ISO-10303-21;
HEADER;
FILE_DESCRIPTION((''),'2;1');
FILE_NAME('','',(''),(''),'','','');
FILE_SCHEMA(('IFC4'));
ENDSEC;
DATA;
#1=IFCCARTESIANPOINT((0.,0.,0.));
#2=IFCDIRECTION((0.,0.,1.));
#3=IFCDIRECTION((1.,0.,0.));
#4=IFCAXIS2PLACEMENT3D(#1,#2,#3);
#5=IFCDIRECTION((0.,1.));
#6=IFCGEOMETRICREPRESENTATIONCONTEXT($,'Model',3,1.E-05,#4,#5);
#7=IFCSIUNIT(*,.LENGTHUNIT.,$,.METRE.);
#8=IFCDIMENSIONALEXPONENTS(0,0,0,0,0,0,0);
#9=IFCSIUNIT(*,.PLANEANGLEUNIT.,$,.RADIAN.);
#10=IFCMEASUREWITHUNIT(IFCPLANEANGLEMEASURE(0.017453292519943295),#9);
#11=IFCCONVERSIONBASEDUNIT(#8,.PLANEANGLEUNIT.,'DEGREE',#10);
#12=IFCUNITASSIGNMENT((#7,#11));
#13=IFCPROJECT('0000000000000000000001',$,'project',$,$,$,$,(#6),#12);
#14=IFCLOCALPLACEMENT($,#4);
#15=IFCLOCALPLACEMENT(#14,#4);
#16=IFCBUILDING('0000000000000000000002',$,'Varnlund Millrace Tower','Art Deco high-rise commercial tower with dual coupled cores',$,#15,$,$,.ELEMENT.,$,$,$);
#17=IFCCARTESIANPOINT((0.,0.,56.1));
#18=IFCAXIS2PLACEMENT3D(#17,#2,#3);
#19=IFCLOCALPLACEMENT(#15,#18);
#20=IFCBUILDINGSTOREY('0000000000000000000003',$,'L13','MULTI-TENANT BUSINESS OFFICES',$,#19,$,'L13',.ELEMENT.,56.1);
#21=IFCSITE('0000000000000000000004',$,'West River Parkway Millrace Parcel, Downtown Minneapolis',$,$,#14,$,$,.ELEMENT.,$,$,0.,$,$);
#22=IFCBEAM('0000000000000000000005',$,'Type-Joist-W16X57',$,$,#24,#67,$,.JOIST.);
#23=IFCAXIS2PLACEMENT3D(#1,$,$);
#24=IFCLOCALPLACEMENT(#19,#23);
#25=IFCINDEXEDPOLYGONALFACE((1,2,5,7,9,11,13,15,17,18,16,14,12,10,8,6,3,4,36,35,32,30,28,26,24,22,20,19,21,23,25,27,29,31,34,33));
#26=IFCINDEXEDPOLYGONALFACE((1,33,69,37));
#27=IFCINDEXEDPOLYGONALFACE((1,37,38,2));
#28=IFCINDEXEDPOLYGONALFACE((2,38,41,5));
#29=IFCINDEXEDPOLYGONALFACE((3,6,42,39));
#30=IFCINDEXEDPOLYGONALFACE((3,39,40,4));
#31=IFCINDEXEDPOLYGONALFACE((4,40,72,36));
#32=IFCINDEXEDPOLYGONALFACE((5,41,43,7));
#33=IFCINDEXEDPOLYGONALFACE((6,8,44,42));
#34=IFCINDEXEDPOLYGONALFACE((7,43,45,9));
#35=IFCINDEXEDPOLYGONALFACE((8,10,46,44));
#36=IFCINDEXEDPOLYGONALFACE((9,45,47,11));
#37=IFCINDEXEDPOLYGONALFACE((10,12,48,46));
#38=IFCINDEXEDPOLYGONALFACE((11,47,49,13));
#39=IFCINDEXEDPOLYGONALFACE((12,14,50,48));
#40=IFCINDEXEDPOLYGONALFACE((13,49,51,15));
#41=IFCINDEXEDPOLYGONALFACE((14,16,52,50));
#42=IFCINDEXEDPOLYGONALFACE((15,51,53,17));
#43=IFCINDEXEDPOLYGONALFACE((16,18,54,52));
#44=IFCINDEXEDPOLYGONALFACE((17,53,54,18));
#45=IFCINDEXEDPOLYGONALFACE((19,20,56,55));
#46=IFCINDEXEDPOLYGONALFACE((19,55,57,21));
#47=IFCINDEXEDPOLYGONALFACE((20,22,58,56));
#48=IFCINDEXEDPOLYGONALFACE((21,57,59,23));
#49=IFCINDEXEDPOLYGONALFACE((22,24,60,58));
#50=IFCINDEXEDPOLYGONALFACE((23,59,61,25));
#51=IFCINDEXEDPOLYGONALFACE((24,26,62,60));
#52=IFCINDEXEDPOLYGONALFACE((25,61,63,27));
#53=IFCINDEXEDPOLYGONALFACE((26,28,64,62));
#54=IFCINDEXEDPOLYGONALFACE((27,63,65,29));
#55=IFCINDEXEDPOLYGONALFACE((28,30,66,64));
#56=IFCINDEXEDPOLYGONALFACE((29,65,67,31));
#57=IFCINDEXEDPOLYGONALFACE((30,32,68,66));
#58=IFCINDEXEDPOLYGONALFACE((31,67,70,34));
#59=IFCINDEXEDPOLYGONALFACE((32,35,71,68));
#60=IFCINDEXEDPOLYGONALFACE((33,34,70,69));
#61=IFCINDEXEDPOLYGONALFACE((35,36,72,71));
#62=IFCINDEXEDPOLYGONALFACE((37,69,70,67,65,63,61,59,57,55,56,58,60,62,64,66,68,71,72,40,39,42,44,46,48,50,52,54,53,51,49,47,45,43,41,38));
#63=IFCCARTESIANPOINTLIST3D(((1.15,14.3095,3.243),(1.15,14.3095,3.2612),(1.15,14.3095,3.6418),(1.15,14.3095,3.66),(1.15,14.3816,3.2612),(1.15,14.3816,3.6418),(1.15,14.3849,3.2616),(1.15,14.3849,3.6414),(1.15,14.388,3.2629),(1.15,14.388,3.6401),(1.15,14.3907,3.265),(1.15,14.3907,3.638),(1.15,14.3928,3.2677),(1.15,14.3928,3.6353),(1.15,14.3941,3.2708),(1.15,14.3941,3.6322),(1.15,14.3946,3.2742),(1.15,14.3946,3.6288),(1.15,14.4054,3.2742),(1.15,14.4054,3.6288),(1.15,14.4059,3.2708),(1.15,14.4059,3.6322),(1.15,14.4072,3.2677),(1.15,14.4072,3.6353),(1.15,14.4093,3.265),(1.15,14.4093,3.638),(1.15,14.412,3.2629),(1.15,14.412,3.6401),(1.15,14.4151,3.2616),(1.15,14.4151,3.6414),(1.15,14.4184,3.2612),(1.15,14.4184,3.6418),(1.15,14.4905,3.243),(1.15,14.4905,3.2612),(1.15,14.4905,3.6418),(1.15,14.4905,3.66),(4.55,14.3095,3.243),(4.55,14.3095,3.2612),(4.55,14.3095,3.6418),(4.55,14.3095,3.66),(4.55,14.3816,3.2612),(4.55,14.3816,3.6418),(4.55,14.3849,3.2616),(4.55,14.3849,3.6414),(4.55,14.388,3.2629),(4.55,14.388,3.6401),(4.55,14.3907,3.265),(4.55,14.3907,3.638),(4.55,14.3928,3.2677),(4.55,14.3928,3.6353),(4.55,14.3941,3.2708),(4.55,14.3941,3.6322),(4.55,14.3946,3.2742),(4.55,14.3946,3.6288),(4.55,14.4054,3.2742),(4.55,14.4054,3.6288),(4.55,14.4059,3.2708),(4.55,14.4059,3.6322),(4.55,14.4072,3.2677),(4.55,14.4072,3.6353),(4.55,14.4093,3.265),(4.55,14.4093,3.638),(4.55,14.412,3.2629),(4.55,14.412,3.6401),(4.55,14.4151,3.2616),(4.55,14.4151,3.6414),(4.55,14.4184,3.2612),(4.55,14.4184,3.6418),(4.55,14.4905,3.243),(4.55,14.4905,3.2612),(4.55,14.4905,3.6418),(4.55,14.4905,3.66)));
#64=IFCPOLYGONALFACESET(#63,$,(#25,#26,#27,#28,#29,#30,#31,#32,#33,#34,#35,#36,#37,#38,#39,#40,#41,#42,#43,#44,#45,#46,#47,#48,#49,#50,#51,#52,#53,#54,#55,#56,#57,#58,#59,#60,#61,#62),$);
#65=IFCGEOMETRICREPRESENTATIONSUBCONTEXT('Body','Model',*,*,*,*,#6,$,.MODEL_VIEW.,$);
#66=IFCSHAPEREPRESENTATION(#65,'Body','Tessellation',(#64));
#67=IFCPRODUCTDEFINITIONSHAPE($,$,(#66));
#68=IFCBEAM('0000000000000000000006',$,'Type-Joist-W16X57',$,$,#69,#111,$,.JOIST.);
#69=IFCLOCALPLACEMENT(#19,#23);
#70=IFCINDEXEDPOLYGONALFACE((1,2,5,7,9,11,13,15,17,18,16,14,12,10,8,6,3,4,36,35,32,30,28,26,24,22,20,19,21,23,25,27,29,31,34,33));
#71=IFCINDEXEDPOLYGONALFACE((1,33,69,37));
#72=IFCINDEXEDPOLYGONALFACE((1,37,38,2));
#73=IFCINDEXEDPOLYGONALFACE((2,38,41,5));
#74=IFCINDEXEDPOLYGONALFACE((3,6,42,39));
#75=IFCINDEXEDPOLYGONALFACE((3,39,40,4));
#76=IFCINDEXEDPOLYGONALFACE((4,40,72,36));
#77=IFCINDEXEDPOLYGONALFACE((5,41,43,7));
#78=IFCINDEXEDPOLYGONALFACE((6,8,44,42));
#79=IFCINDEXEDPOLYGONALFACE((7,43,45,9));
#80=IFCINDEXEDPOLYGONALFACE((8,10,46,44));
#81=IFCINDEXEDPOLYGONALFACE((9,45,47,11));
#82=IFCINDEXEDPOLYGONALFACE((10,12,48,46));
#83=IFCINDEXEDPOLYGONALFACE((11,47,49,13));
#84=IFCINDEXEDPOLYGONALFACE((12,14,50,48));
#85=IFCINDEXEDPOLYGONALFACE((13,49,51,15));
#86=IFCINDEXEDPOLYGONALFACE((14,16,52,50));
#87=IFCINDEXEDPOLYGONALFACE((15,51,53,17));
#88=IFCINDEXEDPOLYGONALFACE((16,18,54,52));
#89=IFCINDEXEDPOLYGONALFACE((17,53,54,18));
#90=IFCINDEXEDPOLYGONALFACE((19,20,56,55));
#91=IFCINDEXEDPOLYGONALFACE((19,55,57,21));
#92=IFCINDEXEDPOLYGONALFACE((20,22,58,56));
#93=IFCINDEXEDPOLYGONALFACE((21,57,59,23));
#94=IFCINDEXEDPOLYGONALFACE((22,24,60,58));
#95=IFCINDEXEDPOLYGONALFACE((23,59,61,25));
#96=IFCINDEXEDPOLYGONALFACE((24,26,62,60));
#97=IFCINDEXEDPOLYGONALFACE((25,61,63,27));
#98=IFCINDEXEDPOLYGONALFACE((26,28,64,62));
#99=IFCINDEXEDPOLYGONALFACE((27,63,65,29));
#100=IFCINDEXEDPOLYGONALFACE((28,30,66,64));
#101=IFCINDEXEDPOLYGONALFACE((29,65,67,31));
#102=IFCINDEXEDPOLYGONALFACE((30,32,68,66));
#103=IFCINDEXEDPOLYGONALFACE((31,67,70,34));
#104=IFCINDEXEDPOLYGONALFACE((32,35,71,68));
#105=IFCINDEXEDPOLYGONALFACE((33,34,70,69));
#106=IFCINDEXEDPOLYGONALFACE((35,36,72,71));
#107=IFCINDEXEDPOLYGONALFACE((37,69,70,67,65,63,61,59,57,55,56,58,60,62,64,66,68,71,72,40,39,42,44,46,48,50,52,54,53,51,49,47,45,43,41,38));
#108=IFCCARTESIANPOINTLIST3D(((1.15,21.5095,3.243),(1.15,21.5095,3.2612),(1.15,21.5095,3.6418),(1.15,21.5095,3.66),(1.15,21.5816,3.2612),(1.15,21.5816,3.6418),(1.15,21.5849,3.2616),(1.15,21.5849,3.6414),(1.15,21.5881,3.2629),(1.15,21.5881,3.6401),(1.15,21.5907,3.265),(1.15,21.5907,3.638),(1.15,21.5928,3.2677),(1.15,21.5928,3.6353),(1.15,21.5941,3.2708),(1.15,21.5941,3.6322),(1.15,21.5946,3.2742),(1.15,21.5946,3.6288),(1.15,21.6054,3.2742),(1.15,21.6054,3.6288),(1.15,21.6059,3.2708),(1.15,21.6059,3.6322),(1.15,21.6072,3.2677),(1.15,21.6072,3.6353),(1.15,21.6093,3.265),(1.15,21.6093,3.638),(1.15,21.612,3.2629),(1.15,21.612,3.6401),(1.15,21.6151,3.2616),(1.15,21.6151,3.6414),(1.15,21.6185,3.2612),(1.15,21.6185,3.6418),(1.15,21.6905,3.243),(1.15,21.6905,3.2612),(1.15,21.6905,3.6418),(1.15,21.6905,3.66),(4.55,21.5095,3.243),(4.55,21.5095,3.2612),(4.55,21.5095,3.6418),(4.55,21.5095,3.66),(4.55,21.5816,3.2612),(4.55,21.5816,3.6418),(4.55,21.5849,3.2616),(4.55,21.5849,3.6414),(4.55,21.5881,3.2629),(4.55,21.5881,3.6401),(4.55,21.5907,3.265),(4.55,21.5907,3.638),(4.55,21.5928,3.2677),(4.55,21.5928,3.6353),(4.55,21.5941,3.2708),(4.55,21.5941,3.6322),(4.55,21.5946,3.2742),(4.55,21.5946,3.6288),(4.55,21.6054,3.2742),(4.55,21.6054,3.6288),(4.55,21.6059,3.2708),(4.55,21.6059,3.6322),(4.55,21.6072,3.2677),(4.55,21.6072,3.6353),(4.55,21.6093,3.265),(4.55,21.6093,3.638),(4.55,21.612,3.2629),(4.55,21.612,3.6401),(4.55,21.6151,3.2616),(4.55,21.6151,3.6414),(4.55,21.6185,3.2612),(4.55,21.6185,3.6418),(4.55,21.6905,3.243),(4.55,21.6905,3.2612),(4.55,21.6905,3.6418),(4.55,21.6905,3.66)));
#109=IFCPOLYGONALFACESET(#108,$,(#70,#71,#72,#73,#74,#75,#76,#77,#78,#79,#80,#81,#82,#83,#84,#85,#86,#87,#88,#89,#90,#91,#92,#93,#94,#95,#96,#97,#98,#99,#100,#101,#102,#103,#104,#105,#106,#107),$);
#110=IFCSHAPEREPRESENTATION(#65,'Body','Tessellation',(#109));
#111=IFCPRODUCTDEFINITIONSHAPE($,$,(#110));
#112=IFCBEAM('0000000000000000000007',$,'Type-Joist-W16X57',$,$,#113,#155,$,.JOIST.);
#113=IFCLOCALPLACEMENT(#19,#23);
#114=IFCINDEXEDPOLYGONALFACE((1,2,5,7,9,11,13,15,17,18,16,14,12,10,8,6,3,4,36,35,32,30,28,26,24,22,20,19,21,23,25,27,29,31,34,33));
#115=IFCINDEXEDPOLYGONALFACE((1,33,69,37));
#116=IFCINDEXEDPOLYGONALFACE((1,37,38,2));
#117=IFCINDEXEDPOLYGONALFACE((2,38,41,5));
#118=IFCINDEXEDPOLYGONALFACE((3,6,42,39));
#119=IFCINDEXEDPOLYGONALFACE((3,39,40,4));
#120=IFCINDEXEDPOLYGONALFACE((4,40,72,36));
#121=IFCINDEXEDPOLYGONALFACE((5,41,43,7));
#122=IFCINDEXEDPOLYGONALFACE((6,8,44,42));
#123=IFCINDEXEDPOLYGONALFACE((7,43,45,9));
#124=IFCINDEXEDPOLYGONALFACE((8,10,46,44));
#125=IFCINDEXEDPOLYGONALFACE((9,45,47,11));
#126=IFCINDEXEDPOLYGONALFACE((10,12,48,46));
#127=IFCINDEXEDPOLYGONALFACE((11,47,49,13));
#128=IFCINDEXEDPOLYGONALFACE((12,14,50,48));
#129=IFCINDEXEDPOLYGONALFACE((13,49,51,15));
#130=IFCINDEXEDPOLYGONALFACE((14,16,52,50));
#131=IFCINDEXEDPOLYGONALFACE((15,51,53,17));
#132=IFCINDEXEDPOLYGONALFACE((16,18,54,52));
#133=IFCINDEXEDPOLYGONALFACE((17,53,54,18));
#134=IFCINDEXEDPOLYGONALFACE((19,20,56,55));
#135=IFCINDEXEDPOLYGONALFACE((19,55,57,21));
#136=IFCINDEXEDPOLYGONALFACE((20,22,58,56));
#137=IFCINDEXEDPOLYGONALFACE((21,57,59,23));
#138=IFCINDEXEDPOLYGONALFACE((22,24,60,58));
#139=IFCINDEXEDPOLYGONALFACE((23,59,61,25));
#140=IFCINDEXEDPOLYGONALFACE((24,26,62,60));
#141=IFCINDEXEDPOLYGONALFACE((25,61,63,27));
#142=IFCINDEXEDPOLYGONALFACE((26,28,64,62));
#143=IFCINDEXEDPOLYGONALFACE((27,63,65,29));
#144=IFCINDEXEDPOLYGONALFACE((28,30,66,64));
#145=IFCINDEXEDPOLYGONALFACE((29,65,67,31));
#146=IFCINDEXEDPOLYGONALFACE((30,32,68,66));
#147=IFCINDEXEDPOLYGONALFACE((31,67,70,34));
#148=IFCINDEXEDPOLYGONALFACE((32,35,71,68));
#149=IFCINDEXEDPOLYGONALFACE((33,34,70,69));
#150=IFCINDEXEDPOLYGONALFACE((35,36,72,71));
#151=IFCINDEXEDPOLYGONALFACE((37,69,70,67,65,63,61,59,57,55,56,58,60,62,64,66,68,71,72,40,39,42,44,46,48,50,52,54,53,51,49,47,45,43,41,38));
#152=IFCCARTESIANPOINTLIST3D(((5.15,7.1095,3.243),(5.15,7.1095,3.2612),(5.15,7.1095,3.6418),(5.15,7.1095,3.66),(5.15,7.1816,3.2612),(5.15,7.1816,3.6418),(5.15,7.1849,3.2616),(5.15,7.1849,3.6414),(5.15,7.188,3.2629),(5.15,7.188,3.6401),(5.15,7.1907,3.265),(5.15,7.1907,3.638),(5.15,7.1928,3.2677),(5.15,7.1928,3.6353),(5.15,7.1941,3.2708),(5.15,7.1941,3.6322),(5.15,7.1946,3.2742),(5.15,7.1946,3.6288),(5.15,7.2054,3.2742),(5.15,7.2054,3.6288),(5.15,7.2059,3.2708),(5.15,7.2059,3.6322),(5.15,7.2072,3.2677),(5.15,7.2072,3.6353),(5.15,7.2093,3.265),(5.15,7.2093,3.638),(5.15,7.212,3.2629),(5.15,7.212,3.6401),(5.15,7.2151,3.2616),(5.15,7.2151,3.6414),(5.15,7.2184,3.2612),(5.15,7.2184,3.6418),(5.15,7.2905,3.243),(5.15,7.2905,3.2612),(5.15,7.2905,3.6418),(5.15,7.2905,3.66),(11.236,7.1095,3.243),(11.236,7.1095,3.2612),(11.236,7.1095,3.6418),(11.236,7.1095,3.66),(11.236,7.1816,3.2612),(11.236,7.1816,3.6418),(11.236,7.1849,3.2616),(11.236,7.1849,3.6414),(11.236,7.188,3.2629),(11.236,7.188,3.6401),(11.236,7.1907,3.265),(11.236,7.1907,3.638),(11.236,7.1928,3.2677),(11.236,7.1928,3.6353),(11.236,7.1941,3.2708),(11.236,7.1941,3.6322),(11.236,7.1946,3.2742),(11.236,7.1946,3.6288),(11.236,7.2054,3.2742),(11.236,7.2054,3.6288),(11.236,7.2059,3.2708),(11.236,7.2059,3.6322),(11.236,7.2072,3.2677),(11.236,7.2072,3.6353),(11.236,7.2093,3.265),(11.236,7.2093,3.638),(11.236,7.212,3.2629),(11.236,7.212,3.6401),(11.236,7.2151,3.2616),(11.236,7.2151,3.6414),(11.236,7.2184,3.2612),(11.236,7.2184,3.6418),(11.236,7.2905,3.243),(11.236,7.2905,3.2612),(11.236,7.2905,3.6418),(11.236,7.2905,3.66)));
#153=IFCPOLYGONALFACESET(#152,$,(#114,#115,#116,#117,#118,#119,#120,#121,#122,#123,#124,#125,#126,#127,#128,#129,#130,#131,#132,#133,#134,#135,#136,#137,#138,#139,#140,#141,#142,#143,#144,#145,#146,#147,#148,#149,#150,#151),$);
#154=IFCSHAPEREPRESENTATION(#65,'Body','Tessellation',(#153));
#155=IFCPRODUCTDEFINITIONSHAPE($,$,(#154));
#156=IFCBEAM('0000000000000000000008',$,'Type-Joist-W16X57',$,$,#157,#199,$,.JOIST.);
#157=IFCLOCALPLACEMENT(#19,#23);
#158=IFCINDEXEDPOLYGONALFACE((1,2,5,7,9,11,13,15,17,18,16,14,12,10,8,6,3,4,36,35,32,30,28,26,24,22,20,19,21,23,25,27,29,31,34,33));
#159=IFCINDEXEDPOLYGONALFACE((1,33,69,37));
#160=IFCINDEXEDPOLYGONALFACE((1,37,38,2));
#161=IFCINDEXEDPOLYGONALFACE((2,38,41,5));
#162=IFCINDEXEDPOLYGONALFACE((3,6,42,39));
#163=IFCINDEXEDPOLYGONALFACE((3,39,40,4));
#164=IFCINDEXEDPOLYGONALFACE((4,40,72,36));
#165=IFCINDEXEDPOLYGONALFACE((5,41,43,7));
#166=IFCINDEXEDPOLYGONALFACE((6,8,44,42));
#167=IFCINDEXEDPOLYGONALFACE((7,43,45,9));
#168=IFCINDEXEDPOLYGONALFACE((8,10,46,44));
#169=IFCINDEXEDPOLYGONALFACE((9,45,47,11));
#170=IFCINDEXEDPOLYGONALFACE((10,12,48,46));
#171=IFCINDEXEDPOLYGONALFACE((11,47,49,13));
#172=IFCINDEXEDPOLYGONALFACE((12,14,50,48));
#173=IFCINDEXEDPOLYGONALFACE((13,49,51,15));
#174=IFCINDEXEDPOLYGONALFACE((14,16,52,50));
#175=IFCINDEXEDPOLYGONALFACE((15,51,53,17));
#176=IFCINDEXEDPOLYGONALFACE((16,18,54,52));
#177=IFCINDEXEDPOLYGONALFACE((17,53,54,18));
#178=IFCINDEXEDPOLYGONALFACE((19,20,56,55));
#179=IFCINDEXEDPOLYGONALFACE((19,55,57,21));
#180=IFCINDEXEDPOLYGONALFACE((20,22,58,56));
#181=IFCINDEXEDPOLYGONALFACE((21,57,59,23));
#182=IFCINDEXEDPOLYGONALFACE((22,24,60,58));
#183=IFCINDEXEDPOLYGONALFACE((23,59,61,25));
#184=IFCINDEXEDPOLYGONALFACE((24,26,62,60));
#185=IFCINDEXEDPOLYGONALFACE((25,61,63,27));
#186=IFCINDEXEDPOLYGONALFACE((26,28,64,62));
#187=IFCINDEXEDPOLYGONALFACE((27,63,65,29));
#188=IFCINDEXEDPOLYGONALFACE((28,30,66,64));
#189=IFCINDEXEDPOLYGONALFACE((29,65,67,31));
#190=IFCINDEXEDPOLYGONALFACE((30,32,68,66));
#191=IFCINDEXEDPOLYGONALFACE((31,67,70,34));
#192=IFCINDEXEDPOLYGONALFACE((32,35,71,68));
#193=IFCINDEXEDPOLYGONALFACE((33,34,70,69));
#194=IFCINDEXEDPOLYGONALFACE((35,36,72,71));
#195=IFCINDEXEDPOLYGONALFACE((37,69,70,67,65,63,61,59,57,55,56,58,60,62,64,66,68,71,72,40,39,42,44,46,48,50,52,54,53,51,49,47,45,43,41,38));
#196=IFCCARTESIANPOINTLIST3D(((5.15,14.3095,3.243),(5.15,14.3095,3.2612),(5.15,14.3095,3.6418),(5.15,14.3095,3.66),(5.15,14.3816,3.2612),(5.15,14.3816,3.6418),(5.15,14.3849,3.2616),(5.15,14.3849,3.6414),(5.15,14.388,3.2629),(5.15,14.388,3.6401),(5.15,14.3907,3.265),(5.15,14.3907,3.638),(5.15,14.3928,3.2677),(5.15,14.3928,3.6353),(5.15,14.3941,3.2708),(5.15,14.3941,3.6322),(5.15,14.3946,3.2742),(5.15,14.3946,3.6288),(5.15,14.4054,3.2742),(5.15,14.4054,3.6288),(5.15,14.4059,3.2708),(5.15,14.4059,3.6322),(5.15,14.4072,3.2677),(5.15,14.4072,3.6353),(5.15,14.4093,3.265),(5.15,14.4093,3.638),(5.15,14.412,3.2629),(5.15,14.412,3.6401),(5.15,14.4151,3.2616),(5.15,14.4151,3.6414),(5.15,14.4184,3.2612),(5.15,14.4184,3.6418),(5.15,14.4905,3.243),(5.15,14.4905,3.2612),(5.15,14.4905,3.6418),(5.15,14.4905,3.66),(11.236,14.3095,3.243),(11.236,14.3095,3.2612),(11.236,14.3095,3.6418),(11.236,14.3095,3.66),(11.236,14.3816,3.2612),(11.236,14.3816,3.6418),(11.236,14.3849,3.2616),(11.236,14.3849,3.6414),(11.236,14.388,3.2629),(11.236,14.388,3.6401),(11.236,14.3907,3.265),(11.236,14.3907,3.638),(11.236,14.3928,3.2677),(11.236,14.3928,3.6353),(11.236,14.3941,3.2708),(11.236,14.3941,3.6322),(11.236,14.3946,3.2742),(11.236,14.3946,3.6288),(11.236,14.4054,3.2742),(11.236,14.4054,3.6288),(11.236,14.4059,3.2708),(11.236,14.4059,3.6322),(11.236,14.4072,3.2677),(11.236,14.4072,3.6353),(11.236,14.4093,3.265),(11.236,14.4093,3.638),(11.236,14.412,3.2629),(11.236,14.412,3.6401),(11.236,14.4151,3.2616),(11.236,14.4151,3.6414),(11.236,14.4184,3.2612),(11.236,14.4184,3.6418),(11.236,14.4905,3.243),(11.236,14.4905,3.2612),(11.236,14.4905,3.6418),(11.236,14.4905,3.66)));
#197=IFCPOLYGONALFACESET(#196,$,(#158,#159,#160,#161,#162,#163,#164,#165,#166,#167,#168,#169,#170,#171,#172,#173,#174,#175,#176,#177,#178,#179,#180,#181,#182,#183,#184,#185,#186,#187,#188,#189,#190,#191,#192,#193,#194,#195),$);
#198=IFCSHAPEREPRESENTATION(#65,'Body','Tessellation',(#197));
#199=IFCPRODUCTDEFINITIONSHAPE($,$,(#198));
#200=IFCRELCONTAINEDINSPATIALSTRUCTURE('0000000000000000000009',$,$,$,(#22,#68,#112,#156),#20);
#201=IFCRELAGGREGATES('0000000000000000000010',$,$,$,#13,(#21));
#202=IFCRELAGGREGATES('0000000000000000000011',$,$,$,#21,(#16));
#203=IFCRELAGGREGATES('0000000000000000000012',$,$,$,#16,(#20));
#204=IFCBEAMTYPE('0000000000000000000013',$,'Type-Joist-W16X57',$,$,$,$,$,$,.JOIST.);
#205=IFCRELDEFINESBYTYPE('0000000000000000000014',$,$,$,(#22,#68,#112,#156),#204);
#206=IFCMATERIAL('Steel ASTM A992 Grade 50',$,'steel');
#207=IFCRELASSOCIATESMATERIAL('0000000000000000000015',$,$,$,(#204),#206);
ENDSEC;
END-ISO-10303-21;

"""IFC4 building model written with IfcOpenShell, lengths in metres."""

from ifc_helpers import new_model, entity, si_unit, converted_unit, direction, frame, origin_with_axes, origin_2d_with_axis, place, context, subcontext, project, spatial, i_section, extrude, material, material_profile, profile_set, type_object, element, save


model = new_model("IFC4")

# Units and contexts
model_context = context("Model", 3, precision=1e-05, world=origin_with_axes(), true_north=direction((0.0, 1.0)))
body_context = subcontext(model_context, "Body", "Model", "MODEL_VIEW")
ifc_project = project(units=[si_unit("LENGTHUNIT", "METRE"), converted_unit("PLANEANGLEUNIT", "DEGREE", entity("IfcPlaneAngleMeasure", 0.017453292519943295), si_unit("PLANEANGLEUNIT", "RADIAN"), dimensions=[0, 0, 0, 0, 0, 0, 0])], contexts=[model_context])

# Site, building, storey
site_placement = place(None, origin_with_axes())
site = spatial("IfcSite", under=ifc_project, at=site_placement, Name="West River Parkway Millrace Parcel, Downtown Minneapolis", CompositionType="ELEMENT", RefElevation=0.0)
building_placement = place(site_placement, origin_with_axes())
building = spatial("IfcBuilding", under=site, at=building_placement, Name="Varnlund Millrace Tower", Description="Art Deco high-rise commercial tower with dual coupled cores", CompositionType="ELEMENT")
storey_placement = place(building_placement, frame((0.0, 0.0, 56.1), z_axis=(0.0, 0.0, 1.0), x_axis=(1.0, 0.0, 0.0)))
storey = spatial("IfcBuildingStorey", under=building, at=storey_placement, Name="L13", Description="MULTI-TENANT BUSINESS OFFICES", LongName="L13", CompositionType="ELEMENT", Elevation=56.1)

# Beams
ifc_material_1 = material(Name="Steel ASTM A992 Grade 50", Category="steel")
ifc_material_profile_1 = material_profile(ifc_material_1, i_section(OverallWidth=0.181, OverallDepth=0.417, WebThickness=0.0109, FlangeThickness=0.0182, FilletRadius=0.013, at=origin_2d_with_axis()), Name="Steel ASTM A992 Grade 50")
ifc_profile_set_1 = profile_set([ifc_material_profile_1], Name="Steel ASTM A992 Grade 50")
beam_type_1 = type_object("IfcBeamType", Name="Type-Joist-W16X57", PredefinedType="JOIST", material=ifc_profile_set_1)
for number, where, z_axis, x_axis, name in (
    (1, (1.15, 14.4, 3.4515), (1.0, 0.0, 0.0), (0.0, 1.0, 0.0), "Type-Joist-W16X57"),
    (2, (1.15, 21.6, 3.4515), (1.0, 0.0, 0.0), (0.0, 1.0, 0.0), "Type-Joist-W16X57"),
):
    element("IfcBeam", number, at=place(storey_placement, frame(where, z_axis=z_axis, x_axis=x_axis)), inside=storey, type_object=beam_type_1, Name=name, PredefinedType="JOIST", context=body_context, shape_type="SweptSolid", body=[
        extrude(i_section(OverallWidth=0.181, OverallDepth=0.417, WebThickness=0.0109, FlangeThickness=0.0182, FilletRadius=0.013, at=origin_2d_with_axis()), origin_with_axes(), (0.0, 0.0, 1.0), 3.4),
    ])
for number, where, z_axis, x_axis, name in (
    (3, (5.15, 7.2, 3.4515), (1.0, 0.0, 0.0), (0.0, 1.0, 0.0), "Type-Joist-W16X57"),
    (4, (5.15, 14.4, 3.4515), (1.0, 0.0, 0.0), (0.0, 1.0, 0.0), "Type-Joist-W16X57"),
):
    element("IfcBeam", number, at=place(storey_placement, frame(where, z_axis=z_axis, x_axis=x_axis)), inside=storey, type_object=beam_type_1, Name=name, PredefinedType="JOIST", context=body_context, shape_type="SweptSolid", body=[
        extrude(i_section(OverallWidth=0.181, OverallDepth=0.417, WebThickness=0.0109, FlangeThickness=0.0182, FilletRadius=0.013, at=origin_2d_with_axis()), origin_with_axes(), (0.0, 0.0, 1.0), 6.086),
    ])

save(model, "model.ifc")
